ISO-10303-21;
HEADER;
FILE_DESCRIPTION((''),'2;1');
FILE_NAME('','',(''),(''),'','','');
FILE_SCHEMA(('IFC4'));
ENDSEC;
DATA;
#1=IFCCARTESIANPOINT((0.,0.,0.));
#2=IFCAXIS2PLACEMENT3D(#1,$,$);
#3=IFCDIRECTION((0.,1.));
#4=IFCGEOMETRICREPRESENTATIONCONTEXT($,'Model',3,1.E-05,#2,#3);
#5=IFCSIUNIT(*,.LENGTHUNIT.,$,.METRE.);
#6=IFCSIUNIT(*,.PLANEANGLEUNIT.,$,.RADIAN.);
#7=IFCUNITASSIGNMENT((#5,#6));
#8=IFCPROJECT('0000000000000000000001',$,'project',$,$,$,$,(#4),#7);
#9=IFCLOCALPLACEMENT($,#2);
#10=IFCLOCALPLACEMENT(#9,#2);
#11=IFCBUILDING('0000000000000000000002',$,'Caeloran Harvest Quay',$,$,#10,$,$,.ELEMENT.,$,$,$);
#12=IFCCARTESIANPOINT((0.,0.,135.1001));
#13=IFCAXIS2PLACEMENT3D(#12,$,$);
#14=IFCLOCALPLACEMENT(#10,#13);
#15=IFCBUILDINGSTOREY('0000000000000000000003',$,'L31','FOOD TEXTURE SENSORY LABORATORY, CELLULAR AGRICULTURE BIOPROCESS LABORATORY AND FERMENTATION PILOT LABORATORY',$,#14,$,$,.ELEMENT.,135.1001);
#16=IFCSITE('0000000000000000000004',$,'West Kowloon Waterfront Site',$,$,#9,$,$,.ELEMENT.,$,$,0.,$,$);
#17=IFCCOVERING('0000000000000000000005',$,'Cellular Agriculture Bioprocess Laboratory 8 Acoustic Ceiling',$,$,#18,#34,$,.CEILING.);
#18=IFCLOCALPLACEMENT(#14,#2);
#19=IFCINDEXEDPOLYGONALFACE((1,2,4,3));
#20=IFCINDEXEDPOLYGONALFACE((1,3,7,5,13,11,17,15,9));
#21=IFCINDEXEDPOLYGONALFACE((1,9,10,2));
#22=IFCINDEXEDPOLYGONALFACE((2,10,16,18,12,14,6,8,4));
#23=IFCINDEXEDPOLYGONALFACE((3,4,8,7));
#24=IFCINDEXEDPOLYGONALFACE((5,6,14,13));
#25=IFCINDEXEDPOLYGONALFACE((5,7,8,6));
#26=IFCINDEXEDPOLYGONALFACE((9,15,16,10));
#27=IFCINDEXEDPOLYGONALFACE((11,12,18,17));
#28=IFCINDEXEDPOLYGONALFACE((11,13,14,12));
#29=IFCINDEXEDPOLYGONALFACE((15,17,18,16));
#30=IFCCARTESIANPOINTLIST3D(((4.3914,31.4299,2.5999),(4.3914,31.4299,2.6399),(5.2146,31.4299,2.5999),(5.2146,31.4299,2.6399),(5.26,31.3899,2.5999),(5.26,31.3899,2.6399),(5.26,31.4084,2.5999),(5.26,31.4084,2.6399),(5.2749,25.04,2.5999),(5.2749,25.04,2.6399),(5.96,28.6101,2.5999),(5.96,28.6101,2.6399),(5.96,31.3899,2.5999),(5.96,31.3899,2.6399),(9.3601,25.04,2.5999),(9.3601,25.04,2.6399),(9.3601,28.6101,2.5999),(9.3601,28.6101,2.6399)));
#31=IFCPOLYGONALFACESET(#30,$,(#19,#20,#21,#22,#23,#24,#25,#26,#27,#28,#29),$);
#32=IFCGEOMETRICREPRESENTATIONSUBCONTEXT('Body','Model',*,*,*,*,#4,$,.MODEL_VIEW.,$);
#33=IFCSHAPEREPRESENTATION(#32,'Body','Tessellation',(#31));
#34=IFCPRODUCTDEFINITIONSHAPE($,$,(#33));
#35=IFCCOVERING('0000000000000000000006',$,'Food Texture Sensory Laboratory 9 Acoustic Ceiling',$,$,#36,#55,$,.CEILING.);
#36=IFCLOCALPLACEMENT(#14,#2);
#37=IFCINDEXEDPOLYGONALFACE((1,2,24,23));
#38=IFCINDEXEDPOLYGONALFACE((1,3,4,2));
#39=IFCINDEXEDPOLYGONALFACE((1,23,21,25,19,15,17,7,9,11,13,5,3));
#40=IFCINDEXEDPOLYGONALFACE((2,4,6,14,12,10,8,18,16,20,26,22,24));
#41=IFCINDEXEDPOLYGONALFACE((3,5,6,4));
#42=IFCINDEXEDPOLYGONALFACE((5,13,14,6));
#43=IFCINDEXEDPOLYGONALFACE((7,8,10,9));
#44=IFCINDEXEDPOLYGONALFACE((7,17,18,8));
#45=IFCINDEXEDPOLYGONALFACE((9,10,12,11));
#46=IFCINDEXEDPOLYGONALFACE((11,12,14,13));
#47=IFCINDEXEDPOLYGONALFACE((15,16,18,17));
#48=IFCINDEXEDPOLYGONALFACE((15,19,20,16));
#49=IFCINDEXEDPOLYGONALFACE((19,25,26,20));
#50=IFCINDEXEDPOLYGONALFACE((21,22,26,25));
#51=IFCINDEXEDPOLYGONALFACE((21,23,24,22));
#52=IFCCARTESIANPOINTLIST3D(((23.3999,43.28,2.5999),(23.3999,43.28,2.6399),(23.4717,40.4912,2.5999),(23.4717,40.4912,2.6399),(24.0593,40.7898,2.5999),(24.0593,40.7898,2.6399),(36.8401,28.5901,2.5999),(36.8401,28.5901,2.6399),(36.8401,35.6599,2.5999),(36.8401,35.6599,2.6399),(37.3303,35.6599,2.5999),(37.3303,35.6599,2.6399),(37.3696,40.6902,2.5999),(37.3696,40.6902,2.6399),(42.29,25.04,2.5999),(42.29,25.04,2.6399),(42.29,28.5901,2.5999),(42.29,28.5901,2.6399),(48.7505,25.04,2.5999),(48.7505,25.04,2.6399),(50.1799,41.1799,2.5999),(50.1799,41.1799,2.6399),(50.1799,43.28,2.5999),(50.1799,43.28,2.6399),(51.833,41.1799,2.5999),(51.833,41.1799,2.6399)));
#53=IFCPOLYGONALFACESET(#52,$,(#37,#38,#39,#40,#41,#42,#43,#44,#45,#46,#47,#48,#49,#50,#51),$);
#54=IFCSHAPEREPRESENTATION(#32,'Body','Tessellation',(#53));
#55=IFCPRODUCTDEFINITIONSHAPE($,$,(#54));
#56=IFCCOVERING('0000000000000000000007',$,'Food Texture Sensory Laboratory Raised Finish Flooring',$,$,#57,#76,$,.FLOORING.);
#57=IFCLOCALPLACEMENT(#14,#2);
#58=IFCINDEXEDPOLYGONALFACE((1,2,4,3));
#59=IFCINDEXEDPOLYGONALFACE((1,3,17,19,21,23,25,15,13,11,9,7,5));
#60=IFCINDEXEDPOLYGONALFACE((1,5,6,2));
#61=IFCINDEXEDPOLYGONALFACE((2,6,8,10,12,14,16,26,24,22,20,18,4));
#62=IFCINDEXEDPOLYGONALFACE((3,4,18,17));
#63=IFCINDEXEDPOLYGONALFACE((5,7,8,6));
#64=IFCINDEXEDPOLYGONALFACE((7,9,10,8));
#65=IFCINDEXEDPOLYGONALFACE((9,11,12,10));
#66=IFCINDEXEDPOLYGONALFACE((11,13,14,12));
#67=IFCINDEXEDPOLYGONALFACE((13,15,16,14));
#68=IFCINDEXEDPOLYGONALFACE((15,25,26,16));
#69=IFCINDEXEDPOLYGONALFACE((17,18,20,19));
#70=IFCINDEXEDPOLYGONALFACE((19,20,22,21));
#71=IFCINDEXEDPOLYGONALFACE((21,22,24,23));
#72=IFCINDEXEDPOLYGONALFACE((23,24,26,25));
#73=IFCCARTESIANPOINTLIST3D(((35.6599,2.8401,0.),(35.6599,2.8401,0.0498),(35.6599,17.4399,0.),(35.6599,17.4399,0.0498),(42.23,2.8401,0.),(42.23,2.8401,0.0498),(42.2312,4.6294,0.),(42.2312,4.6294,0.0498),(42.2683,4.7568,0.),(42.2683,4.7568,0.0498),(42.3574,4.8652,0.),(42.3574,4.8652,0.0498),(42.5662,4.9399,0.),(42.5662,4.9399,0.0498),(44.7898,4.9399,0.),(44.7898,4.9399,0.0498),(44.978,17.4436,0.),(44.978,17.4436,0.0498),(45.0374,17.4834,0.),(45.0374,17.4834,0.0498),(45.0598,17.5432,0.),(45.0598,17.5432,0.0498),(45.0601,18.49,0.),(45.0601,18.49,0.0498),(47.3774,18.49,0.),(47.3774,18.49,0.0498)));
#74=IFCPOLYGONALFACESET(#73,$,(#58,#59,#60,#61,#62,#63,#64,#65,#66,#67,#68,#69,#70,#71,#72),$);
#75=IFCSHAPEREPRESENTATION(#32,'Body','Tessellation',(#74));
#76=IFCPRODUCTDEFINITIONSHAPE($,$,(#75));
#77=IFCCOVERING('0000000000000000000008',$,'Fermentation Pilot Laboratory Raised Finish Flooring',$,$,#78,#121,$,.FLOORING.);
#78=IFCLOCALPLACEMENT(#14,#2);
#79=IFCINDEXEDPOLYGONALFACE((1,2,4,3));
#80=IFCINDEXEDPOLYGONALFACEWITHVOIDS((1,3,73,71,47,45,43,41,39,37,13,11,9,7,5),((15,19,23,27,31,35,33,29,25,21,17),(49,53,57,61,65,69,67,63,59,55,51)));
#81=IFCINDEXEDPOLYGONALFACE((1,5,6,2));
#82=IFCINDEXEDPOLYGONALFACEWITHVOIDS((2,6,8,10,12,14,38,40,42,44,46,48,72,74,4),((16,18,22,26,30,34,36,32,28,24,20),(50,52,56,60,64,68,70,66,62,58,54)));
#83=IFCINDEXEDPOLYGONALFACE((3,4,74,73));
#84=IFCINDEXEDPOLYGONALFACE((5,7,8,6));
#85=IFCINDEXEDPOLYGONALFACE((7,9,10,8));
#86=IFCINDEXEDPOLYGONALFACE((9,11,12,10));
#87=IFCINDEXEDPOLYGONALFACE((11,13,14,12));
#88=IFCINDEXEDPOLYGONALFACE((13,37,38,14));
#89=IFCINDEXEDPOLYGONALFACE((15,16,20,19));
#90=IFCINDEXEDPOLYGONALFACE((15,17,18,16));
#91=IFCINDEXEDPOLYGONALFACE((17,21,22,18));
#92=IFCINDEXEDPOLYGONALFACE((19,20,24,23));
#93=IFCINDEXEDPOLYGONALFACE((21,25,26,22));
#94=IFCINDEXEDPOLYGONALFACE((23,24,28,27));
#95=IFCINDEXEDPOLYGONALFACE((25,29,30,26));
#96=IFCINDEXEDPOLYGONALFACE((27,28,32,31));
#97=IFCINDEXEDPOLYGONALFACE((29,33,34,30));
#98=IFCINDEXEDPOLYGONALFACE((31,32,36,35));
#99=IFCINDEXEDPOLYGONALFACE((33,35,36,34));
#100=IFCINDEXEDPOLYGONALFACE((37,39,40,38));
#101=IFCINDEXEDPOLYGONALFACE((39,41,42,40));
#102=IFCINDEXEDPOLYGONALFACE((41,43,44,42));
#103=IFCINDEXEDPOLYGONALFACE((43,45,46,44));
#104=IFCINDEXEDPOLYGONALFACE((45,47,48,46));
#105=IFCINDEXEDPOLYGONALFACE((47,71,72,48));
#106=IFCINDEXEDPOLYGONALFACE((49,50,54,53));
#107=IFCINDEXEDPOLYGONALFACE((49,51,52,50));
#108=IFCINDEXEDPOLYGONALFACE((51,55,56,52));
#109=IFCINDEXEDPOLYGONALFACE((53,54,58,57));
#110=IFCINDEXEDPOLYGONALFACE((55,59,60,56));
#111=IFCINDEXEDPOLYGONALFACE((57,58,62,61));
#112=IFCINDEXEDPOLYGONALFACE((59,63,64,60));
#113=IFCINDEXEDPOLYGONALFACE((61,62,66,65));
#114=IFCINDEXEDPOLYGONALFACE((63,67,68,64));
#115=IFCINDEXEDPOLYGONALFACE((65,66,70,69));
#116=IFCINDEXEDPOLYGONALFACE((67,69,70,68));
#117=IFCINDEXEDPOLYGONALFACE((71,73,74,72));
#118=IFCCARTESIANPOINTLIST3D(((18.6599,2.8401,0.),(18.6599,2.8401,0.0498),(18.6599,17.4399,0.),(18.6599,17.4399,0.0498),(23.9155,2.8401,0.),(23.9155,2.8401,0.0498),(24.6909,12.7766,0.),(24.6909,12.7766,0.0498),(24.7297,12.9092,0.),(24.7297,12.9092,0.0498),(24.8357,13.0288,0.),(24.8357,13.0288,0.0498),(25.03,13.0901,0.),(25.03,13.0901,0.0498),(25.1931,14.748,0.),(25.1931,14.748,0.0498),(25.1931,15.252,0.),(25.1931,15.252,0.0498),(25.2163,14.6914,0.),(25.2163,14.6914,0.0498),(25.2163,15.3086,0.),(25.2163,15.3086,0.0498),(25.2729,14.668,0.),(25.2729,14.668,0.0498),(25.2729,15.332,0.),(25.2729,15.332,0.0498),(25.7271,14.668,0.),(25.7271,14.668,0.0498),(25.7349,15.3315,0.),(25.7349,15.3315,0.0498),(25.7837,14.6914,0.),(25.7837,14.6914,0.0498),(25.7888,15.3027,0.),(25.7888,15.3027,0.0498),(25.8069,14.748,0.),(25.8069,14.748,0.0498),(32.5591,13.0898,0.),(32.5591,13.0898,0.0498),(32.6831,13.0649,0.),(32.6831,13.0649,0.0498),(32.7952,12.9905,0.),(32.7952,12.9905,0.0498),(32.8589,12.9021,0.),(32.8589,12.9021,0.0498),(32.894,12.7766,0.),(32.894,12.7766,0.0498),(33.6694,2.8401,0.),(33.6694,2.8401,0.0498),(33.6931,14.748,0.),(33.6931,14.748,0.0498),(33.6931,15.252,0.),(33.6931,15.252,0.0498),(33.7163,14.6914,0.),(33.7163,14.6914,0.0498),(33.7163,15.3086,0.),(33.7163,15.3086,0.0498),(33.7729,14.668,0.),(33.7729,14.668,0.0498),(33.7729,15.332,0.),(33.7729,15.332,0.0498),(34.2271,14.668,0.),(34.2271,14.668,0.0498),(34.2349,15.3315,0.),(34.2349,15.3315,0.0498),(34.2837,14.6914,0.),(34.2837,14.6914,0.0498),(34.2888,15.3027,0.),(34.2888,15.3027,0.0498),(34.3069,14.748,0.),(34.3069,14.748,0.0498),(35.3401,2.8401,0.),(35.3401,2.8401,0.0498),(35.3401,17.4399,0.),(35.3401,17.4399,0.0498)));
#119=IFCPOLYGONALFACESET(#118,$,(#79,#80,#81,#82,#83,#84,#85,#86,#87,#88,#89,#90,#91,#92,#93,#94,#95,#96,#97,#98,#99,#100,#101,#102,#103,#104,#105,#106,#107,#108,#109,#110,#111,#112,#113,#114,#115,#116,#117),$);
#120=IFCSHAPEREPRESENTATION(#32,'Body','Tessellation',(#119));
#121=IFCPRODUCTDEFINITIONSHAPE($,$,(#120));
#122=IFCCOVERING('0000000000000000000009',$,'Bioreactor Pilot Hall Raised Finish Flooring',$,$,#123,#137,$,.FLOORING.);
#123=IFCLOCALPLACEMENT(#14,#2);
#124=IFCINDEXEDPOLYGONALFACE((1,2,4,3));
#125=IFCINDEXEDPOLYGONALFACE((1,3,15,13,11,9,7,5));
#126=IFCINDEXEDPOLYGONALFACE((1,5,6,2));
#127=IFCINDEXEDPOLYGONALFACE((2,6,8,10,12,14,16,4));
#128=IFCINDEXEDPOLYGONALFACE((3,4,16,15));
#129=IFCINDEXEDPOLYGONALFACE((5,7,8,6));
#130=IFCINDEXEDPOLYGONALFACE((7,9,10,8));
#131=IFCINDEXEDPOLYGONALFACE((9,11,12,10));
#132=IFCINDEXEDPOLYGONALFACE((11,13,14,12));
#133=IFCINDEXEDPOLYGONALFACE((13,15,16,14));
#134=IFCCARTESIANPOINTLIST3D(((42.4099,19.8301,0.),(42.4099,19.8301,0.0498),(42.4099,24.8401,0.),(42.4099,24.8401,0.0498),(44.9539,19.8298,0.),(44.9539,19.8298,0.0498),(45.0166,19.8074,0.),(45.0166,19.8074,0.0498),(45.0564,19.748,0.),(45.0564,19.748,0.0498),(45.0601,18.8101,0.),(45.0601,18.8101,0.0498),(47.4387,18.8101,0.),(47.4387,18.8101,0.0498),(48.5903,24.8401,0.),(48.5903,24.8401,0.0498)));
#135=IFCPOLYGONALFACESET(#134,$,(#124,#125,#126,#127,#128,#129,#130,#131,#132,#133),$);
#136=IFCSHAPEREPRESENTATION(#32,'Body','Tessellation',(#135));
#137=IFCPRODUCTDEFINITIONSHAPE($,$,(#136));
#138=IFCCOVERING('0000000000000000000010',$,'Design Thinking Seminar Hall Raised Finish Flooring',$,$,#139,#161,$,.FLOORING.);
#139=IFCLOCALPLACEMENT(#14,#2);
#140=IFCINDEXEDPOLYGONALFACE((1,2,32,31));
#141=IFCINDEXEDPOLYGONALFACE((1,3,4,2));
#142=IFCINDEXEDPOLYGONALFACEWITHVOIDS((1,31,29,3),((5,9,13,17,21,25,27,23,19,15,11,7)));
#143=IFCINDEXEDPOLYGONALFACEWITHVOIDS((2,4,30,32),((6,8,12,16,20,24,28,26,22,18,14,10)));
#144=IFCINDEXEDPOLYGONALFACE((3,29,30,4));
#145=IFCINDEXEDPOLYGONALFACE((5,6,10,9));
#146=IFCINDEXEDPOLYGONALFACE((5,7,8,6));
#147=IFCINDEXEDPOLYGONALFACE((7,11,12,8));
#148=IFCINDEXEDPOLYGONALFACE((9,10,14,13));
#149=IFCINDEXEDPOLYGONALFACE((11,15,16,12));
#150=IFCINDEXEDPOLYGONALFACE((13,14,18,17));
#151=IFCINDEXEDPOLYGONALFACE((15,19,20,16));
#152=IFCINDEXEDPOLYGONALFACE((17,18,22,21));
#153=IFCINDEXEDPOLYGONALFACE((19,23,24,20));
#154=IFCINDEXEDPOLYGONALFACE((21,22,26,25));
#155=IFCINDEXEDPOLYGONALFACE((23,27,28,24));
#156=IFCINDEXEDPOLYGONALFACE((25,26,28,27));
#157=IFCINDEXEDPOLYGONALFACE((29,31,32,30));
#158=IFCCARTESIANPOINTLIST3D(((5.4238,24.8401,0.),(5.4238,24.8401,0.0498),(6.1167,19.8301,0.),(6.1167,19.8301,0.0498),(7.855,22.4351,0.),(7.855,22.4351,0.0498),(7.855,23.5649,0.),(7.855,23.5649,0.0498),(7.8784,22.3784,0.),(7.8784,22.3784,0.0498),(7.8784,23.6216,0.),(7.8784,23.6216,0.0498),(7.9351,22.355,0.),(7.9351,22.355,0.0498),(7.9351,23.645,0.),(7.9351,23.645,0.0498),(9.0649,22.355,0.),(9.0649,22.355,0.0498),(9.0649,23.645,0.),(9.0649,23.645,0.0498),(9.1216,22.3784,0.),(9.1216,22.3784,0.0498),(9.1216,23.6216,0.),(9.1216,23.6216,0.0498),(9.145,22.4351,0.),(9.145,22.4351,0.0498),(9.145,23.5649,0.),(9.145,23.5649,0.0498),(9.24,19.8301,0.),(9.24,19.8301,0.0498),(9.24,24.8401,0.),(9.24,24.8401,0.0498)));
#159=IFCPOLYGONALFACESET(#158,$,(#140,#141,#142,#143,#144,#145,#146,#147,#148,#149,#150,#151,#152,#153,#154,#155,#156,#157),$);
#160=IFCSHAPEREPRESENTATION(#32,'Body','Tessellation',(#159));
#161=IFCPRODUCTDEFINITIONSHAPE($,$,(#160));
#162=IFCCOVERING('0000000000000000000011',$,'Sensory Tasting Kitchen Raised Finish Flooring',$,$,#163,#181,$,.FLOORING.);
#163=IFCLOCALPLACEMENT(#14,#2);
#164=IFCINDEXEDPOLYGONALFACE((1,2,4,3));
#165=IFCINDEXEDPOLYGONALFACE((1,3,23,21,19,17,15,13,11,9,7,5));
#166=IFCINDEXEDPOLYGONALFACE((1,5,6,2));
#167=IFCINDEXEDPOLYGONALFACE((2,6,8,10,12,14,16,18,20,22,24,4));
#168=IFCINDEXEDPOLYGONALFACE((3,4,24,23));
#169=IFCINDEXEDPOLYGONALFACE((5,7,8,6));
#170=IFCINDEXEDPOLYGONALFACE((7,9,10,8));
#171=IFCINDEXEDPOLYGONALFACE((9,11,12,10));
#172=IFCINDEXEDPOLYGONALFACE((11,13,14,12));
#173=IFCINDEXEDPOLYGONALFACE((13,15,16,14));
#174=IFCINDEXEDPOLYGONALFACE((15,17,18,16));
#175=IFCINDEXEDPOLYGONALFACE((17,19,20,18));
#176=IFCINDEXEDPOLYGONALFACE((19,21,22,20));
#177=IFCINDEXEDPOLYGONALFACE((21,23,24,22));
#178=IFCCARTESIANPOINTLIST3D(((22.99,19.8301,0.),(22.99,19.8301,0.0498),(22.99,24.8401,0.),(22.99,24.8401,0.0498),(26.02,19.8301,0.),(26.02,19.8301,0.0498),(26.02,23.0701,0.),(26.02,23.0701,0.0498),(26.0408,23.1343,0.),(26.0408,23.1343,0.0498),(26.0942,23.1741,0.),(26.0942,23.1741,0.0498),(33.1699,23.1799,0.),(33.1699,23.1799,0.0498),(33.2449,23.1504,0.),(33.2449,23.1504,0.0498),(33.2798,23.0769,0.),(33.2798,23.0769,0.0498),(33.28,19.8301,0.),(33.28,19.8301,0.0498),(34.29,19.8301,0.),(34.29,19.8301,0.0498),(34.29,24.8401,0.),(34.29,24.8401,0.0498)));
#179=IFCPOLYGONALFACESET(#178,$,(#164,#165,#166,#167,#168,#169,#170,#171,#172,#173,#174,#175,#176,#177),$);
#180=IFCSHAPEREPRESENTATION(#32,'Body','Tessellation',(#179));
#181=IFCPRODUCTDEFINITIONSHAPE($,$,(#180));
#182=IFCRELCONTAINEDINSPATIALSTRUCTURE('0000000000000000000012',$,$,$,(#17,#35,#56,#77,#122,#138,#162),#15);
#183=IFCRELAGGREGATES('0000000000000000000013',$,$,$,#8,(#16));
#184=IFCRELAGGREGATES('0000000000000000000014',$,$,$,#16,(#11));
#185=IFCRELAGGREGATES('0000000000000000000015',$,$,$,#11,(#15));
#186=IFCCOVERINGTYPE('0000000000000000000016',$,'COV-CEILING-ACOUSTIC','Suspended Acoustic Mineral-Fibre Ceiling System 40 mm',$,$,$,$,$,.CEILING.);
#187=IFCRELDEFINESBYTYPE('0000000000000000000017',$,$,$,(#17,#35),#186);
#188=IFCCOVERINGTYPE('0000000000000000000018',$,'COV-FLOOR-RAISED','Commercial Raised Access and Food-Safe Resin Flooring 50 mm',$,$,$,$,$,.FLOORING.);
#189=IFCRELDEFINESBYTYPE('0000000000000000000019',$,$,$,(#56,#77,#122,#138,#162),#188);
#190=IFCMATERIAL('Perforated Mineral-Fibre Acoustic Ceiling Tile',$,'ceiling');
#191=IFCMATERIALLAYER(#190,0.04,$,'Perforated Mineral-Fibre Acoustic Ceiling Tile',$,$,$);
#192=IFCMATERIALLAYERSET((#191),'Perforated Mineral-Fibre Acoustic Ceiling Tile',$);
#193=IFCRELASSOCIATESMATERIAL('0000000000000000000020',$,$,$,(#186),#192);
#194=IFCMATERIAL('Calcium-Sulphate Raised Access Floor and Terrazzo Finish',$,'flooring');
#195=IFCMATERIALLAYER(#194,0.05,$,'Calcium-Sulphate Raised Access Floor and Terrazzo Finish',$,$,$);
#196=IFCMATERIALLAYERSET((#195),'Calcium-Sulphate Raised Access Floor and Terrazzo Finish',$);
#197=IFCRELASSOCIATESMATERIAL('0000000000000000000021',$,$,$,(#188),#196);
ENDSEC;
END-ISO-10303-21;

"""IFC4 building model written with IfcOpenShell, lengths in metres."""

from ifc_helpers import new_model, si_unit, direction, frame, origin, place, context, subcontext, project, spatial, polyline, outline, extrude, material, layer, layer_set, type_object, element, save


model = new_model("IFC4")

# Units and contexts
model_context = context("Model", 3, precision=1e-05, world=origin(), true_north=direction((0.0, 1.0)))
body_context = subcontext(model_context, "Body", "Model", "MODEL_VIEW")
ifc_project = project(units=[si_unit("LENGTHUNIT", "METRE"), si_unit("PLANEANGLEUNIT", "RADIAN")], contexts=[model_context])

# Site, building, storey
site_placement = place(None, origin())
site = spatial("IfcSite", under=ifc_project, at=site_placement, Name="West Kowloon Waterfront Site", CompositionType="ELEMENT", RefElevation=0.0)
building_placement = place(site_placement, origin())
building = spatial("IfcBuilding", under=site, at=building_placement, Name="Caeloran Harvest Quay", CompositionType="ELEMENT")
storey_placement = place(building_placement, frame((0.0, 0.0, 135.1001)))
storey = spatial("IfcBuildingStorey", under=building, at=storey_placement, Name="L31", Description="FOOD TEXTURE SENSORY LABORATORY, CELLULAR AGRICULTURE BIOPROCESS LABORATORY AND FERMENTATION PILOT LABORATORY", CompositionType="ELEMENT", Elevation=135.1001)

# Coverings
ifc_material_1 = material(Name="Perforated Mineral-Fibre Acoustic Ceiling Tile", Category="ceiling")
ifc_layer_1 = layer(ifc_material_1, 0.04, Name="Perforated Mineral-Fibre Acoustic Ceiling Tile")
ifc_layer_set_1 = layer_set([ifc_layer_1], Name="Perforated Mineral-Fibre Acoustic Ceiling Tile")
covering_type_1 = type_object("IfcCoveringType", Name="COV-CEILING-ACOUSTIC", Description="Suspended Acoustic Mineral-Fibre Ceiling System 40 mm", PredefinedType="CEILING", material=ifc_layer_set_1)
covering_1_placement = place(storey_placement, frame((0.0, 0.0, 2.5999)))
element("IfcCovering", 1, at=covering_1_placement, inside=storey, type_object=covering_type_1, Name="Cellular Agriculture Bioprocess Laboratory 8 Acoustic Ceiling", PredefinedType="CEILING", context=body_context, shape_type="SweptSolid", body=[
    extrude(outline(polyline([(5.26, 31.3899), (5.96, 31.3899), (5.96, 28.6101), (9.3601, 28.6101), (9.3601, 25.04), (5.2749, 25.04), (4.3914, 31.4299), (5.2146, 31.4299), (5.26, 31.4084), (5.26, 31.3899)])), origin(), (0.0, 0.0, 1.0), 0.04),
])
covering_2_placement = place(storey_placement, frame((0.0, 0.0, 2.5999)))
element("IfcCovering", 2, at=covering_2_placement, inside=storey, type_object=covering_type_1, Name="Food Texture Sensory Laboratory 9 Acoustic Ceiling", PredefinedType="CEILING", context=body_context, shape_type="SweptSolid", body=[
    extrude(outline(polyline([(48.7505, 25.04), (42.29, 25.04), (42.29, 28.5901), (36.8401, 28.5901), (36.8401, 35.6599), (37.3303, 35.6599), (37.3696, 40.6902), (24.0593, 40.7898), (23.4717, 40.4912), (23.3999, 43.28), (50.1799, 43.28), (50.1799, 41.1799), (51.833, 41.1799), (48.7505, 25.04)])), origin(), (0.0, 0.0, 1.0), 0.04),
])
ifc_material_2 = material(Name="Calcium-Sulphate Raised Access Floor and Terrazzo Finish", Category="flooring")
ifc_layer_2 = layer(ifc_material_2, 0.05, Name="Calcium-Sulphate Raised Access Floor and Terrazzo Finish")
ifc_layer_set_2 = layer_set([ifc_layer_2], Name="Calcium-Sulphate Raised Access Floor and Terrazzo Finish")
covering_type_2 = type_object("IfcCoveringType", Name="COV-FLOOR-RAISED", Description="Commercial Raised Access and Food-Safe Resin Flooring 50 mm", PredefinedType="FLOORING", material=ifc_layer_set_2)
covering_3_placement = place(storey_placement, origin())
element("IfcCovering", 3, at=covering_3_placement, inside=storey, type_object=covering_type_2, Name="Food Texture Sensory Laboratory Raised Finish Flooring", PredefinedType="FLOORING", context=body_context, shape_type="SweptSolid", body=[
    extrude(outline(polyline([(44.978, 17.4436), (45.0374, 17.4834), (45.0598, 17.5432), (45.0601, 18.49), (47.3774, 18.49), (44.7898, 4.9399), (42.5662, 4.9399), (42.3574, 4.8652), (42.2683, 4.7568), (42.2312, 4.6294), (42.23, 2.8401), (35.6599, 2.8401), (35.6599, 17.4399), (44.978, 17.4436)])), origin(), (0.0, 0.0, 1.0), 0.0498),
])
covering_4_placement = place(storey_placement, origin())
element("IfcCovering", 4, at=covering_4_placement, inside=storey, type_object=covering_type_2, Name="Fermentation Pilot Laboratory Raised Finish Flooring", PredefinedType="FLOORING", context=body_context, shape_type="SweptSolid", body=[
    extrude(outline(polyline([(32.894, 12.7766), (32.8589, 12.9021), (32.7952, 12.9905), (32.6831, 13.0649), (32.5591, 13.0898), (25.03, 13.0901), (24.8357, 13.0288), (24.7297, 12.9092), (24.6909, 12.7766), (23.9155, 2.8401), (18.6599, 2.8401), (18.6599, 17.4399), (35.3401, 17.4399), (35.3401, 2.8401), (33.6694, 2.8401), (32.894, 12.7766)]), holes=[polyline([(34.3069, 14.748), (34.2888, 15.3027), (34.2349, 15.3315), (33.7729, 15.332), (33.7163, 15.3086), (33.6931, 15.252), (33.6931, 14.748), (33.7163, 14.6914), (33.7729, 14.668), (34.2271, 14.668), (34.2837, 14.6914), (34.3069, 14.748)]), polyline([(25.8069, 14.748), (25.7888, 15.3027), (25.7349, 15.3315), (25.2729, 15.332), (25.2163, 15.3086), (25.1931, 15.252), (25.1931, 14.748), (25.2163, 14.6914), (25.2729, 14.668), (25.7271, 14.668), (25.7837, 14.6914), (25.8069, 14.748)])]), origin(), (0.0, 0.0, 1.0), 0.0498),
])
covering_5_placement = place(storey_placement, origin())
element("IfcCovering", 5, at=covering_5_placement, inside=storey, type_object=covering_type_2, Name="Bioreactor Pilot Hall Raised Finish Flooring", PredefinedType="FLOORING", context=body_context, shape_type="SweptSolid", body=[
    extrude(outline(polyline([(45.0564, 19.748), (45.0166, 19.8074), (44.9539, 19.8298), (42.4099, 19.8301), (42.4099, 24.8401), (48.5903, 24.8401), (47.4387, 18.8101), (45.0601, 18.8101), (45.0564, 19.748)])), origin(), (0.0, 0.0, 1.0), 0.0498),
])
covering_6_placement = place(storey_placement, origin())
element("IfcCovering", 6, at=covering_6_placement, inside=storey, type_object=covering_type_2, Name="Design Thinking Seminar Hall Raised Finish Flooring", PredefinedType="FLOORING", context=body_context, shape_type="SweptSolid", body=[
    extrude(outline(polyline([(9.24, 24.8401), (9.24, 19.8301), (6.1167, 19.8301), (5.4238, 24.8401), (9.24, 24.8401)]), holes=[polyline([(9.145, 23.5649), (9.1216, 23.6216), (9.0649, 23.645), (7.9351, 23.645), (7.8784, 23.6216), (7.855, 23.5649), (7.855, 22.4351), (7.8784, 22.3784), (7.9351, 22.355), (9.0649, 22.355), (9.1216, 22.3784), (9.145, 22.4351), (9.145, 23.5649)])]), origin(), (0.0, 0.0, 1.0), 0.0498),
])
covering_7_placement = place(storey_placement, origin())
element("IfcCovering", 7, at=covering_7_placement, inside=storey, type_object=covering_type_2, Name="Sensory Tasting Kitchen Raised Finish Flooring", PredefinedType="FLOORING", context=body_context, shape_type="SweptSolid", body=[
    extrude(outline(polyline([(33.2798, 23.0769), (33.2449, 23.1504), (33.1699, 23.1799), (26.0942, 23.1741), (26.0408, 23.1343), (26.02, 23.0701), (26.02, 19.8301), (22.99, 19.8301), (22.99, 24.8401), (34.29, 24.8401), (34.29, 19.8301), (33.28, 19.8301), (33.2798, 23.0769)])), origin(), (0.0, 0.0, 1.0), 0.0498),
])

save(model, "model.ifc")
